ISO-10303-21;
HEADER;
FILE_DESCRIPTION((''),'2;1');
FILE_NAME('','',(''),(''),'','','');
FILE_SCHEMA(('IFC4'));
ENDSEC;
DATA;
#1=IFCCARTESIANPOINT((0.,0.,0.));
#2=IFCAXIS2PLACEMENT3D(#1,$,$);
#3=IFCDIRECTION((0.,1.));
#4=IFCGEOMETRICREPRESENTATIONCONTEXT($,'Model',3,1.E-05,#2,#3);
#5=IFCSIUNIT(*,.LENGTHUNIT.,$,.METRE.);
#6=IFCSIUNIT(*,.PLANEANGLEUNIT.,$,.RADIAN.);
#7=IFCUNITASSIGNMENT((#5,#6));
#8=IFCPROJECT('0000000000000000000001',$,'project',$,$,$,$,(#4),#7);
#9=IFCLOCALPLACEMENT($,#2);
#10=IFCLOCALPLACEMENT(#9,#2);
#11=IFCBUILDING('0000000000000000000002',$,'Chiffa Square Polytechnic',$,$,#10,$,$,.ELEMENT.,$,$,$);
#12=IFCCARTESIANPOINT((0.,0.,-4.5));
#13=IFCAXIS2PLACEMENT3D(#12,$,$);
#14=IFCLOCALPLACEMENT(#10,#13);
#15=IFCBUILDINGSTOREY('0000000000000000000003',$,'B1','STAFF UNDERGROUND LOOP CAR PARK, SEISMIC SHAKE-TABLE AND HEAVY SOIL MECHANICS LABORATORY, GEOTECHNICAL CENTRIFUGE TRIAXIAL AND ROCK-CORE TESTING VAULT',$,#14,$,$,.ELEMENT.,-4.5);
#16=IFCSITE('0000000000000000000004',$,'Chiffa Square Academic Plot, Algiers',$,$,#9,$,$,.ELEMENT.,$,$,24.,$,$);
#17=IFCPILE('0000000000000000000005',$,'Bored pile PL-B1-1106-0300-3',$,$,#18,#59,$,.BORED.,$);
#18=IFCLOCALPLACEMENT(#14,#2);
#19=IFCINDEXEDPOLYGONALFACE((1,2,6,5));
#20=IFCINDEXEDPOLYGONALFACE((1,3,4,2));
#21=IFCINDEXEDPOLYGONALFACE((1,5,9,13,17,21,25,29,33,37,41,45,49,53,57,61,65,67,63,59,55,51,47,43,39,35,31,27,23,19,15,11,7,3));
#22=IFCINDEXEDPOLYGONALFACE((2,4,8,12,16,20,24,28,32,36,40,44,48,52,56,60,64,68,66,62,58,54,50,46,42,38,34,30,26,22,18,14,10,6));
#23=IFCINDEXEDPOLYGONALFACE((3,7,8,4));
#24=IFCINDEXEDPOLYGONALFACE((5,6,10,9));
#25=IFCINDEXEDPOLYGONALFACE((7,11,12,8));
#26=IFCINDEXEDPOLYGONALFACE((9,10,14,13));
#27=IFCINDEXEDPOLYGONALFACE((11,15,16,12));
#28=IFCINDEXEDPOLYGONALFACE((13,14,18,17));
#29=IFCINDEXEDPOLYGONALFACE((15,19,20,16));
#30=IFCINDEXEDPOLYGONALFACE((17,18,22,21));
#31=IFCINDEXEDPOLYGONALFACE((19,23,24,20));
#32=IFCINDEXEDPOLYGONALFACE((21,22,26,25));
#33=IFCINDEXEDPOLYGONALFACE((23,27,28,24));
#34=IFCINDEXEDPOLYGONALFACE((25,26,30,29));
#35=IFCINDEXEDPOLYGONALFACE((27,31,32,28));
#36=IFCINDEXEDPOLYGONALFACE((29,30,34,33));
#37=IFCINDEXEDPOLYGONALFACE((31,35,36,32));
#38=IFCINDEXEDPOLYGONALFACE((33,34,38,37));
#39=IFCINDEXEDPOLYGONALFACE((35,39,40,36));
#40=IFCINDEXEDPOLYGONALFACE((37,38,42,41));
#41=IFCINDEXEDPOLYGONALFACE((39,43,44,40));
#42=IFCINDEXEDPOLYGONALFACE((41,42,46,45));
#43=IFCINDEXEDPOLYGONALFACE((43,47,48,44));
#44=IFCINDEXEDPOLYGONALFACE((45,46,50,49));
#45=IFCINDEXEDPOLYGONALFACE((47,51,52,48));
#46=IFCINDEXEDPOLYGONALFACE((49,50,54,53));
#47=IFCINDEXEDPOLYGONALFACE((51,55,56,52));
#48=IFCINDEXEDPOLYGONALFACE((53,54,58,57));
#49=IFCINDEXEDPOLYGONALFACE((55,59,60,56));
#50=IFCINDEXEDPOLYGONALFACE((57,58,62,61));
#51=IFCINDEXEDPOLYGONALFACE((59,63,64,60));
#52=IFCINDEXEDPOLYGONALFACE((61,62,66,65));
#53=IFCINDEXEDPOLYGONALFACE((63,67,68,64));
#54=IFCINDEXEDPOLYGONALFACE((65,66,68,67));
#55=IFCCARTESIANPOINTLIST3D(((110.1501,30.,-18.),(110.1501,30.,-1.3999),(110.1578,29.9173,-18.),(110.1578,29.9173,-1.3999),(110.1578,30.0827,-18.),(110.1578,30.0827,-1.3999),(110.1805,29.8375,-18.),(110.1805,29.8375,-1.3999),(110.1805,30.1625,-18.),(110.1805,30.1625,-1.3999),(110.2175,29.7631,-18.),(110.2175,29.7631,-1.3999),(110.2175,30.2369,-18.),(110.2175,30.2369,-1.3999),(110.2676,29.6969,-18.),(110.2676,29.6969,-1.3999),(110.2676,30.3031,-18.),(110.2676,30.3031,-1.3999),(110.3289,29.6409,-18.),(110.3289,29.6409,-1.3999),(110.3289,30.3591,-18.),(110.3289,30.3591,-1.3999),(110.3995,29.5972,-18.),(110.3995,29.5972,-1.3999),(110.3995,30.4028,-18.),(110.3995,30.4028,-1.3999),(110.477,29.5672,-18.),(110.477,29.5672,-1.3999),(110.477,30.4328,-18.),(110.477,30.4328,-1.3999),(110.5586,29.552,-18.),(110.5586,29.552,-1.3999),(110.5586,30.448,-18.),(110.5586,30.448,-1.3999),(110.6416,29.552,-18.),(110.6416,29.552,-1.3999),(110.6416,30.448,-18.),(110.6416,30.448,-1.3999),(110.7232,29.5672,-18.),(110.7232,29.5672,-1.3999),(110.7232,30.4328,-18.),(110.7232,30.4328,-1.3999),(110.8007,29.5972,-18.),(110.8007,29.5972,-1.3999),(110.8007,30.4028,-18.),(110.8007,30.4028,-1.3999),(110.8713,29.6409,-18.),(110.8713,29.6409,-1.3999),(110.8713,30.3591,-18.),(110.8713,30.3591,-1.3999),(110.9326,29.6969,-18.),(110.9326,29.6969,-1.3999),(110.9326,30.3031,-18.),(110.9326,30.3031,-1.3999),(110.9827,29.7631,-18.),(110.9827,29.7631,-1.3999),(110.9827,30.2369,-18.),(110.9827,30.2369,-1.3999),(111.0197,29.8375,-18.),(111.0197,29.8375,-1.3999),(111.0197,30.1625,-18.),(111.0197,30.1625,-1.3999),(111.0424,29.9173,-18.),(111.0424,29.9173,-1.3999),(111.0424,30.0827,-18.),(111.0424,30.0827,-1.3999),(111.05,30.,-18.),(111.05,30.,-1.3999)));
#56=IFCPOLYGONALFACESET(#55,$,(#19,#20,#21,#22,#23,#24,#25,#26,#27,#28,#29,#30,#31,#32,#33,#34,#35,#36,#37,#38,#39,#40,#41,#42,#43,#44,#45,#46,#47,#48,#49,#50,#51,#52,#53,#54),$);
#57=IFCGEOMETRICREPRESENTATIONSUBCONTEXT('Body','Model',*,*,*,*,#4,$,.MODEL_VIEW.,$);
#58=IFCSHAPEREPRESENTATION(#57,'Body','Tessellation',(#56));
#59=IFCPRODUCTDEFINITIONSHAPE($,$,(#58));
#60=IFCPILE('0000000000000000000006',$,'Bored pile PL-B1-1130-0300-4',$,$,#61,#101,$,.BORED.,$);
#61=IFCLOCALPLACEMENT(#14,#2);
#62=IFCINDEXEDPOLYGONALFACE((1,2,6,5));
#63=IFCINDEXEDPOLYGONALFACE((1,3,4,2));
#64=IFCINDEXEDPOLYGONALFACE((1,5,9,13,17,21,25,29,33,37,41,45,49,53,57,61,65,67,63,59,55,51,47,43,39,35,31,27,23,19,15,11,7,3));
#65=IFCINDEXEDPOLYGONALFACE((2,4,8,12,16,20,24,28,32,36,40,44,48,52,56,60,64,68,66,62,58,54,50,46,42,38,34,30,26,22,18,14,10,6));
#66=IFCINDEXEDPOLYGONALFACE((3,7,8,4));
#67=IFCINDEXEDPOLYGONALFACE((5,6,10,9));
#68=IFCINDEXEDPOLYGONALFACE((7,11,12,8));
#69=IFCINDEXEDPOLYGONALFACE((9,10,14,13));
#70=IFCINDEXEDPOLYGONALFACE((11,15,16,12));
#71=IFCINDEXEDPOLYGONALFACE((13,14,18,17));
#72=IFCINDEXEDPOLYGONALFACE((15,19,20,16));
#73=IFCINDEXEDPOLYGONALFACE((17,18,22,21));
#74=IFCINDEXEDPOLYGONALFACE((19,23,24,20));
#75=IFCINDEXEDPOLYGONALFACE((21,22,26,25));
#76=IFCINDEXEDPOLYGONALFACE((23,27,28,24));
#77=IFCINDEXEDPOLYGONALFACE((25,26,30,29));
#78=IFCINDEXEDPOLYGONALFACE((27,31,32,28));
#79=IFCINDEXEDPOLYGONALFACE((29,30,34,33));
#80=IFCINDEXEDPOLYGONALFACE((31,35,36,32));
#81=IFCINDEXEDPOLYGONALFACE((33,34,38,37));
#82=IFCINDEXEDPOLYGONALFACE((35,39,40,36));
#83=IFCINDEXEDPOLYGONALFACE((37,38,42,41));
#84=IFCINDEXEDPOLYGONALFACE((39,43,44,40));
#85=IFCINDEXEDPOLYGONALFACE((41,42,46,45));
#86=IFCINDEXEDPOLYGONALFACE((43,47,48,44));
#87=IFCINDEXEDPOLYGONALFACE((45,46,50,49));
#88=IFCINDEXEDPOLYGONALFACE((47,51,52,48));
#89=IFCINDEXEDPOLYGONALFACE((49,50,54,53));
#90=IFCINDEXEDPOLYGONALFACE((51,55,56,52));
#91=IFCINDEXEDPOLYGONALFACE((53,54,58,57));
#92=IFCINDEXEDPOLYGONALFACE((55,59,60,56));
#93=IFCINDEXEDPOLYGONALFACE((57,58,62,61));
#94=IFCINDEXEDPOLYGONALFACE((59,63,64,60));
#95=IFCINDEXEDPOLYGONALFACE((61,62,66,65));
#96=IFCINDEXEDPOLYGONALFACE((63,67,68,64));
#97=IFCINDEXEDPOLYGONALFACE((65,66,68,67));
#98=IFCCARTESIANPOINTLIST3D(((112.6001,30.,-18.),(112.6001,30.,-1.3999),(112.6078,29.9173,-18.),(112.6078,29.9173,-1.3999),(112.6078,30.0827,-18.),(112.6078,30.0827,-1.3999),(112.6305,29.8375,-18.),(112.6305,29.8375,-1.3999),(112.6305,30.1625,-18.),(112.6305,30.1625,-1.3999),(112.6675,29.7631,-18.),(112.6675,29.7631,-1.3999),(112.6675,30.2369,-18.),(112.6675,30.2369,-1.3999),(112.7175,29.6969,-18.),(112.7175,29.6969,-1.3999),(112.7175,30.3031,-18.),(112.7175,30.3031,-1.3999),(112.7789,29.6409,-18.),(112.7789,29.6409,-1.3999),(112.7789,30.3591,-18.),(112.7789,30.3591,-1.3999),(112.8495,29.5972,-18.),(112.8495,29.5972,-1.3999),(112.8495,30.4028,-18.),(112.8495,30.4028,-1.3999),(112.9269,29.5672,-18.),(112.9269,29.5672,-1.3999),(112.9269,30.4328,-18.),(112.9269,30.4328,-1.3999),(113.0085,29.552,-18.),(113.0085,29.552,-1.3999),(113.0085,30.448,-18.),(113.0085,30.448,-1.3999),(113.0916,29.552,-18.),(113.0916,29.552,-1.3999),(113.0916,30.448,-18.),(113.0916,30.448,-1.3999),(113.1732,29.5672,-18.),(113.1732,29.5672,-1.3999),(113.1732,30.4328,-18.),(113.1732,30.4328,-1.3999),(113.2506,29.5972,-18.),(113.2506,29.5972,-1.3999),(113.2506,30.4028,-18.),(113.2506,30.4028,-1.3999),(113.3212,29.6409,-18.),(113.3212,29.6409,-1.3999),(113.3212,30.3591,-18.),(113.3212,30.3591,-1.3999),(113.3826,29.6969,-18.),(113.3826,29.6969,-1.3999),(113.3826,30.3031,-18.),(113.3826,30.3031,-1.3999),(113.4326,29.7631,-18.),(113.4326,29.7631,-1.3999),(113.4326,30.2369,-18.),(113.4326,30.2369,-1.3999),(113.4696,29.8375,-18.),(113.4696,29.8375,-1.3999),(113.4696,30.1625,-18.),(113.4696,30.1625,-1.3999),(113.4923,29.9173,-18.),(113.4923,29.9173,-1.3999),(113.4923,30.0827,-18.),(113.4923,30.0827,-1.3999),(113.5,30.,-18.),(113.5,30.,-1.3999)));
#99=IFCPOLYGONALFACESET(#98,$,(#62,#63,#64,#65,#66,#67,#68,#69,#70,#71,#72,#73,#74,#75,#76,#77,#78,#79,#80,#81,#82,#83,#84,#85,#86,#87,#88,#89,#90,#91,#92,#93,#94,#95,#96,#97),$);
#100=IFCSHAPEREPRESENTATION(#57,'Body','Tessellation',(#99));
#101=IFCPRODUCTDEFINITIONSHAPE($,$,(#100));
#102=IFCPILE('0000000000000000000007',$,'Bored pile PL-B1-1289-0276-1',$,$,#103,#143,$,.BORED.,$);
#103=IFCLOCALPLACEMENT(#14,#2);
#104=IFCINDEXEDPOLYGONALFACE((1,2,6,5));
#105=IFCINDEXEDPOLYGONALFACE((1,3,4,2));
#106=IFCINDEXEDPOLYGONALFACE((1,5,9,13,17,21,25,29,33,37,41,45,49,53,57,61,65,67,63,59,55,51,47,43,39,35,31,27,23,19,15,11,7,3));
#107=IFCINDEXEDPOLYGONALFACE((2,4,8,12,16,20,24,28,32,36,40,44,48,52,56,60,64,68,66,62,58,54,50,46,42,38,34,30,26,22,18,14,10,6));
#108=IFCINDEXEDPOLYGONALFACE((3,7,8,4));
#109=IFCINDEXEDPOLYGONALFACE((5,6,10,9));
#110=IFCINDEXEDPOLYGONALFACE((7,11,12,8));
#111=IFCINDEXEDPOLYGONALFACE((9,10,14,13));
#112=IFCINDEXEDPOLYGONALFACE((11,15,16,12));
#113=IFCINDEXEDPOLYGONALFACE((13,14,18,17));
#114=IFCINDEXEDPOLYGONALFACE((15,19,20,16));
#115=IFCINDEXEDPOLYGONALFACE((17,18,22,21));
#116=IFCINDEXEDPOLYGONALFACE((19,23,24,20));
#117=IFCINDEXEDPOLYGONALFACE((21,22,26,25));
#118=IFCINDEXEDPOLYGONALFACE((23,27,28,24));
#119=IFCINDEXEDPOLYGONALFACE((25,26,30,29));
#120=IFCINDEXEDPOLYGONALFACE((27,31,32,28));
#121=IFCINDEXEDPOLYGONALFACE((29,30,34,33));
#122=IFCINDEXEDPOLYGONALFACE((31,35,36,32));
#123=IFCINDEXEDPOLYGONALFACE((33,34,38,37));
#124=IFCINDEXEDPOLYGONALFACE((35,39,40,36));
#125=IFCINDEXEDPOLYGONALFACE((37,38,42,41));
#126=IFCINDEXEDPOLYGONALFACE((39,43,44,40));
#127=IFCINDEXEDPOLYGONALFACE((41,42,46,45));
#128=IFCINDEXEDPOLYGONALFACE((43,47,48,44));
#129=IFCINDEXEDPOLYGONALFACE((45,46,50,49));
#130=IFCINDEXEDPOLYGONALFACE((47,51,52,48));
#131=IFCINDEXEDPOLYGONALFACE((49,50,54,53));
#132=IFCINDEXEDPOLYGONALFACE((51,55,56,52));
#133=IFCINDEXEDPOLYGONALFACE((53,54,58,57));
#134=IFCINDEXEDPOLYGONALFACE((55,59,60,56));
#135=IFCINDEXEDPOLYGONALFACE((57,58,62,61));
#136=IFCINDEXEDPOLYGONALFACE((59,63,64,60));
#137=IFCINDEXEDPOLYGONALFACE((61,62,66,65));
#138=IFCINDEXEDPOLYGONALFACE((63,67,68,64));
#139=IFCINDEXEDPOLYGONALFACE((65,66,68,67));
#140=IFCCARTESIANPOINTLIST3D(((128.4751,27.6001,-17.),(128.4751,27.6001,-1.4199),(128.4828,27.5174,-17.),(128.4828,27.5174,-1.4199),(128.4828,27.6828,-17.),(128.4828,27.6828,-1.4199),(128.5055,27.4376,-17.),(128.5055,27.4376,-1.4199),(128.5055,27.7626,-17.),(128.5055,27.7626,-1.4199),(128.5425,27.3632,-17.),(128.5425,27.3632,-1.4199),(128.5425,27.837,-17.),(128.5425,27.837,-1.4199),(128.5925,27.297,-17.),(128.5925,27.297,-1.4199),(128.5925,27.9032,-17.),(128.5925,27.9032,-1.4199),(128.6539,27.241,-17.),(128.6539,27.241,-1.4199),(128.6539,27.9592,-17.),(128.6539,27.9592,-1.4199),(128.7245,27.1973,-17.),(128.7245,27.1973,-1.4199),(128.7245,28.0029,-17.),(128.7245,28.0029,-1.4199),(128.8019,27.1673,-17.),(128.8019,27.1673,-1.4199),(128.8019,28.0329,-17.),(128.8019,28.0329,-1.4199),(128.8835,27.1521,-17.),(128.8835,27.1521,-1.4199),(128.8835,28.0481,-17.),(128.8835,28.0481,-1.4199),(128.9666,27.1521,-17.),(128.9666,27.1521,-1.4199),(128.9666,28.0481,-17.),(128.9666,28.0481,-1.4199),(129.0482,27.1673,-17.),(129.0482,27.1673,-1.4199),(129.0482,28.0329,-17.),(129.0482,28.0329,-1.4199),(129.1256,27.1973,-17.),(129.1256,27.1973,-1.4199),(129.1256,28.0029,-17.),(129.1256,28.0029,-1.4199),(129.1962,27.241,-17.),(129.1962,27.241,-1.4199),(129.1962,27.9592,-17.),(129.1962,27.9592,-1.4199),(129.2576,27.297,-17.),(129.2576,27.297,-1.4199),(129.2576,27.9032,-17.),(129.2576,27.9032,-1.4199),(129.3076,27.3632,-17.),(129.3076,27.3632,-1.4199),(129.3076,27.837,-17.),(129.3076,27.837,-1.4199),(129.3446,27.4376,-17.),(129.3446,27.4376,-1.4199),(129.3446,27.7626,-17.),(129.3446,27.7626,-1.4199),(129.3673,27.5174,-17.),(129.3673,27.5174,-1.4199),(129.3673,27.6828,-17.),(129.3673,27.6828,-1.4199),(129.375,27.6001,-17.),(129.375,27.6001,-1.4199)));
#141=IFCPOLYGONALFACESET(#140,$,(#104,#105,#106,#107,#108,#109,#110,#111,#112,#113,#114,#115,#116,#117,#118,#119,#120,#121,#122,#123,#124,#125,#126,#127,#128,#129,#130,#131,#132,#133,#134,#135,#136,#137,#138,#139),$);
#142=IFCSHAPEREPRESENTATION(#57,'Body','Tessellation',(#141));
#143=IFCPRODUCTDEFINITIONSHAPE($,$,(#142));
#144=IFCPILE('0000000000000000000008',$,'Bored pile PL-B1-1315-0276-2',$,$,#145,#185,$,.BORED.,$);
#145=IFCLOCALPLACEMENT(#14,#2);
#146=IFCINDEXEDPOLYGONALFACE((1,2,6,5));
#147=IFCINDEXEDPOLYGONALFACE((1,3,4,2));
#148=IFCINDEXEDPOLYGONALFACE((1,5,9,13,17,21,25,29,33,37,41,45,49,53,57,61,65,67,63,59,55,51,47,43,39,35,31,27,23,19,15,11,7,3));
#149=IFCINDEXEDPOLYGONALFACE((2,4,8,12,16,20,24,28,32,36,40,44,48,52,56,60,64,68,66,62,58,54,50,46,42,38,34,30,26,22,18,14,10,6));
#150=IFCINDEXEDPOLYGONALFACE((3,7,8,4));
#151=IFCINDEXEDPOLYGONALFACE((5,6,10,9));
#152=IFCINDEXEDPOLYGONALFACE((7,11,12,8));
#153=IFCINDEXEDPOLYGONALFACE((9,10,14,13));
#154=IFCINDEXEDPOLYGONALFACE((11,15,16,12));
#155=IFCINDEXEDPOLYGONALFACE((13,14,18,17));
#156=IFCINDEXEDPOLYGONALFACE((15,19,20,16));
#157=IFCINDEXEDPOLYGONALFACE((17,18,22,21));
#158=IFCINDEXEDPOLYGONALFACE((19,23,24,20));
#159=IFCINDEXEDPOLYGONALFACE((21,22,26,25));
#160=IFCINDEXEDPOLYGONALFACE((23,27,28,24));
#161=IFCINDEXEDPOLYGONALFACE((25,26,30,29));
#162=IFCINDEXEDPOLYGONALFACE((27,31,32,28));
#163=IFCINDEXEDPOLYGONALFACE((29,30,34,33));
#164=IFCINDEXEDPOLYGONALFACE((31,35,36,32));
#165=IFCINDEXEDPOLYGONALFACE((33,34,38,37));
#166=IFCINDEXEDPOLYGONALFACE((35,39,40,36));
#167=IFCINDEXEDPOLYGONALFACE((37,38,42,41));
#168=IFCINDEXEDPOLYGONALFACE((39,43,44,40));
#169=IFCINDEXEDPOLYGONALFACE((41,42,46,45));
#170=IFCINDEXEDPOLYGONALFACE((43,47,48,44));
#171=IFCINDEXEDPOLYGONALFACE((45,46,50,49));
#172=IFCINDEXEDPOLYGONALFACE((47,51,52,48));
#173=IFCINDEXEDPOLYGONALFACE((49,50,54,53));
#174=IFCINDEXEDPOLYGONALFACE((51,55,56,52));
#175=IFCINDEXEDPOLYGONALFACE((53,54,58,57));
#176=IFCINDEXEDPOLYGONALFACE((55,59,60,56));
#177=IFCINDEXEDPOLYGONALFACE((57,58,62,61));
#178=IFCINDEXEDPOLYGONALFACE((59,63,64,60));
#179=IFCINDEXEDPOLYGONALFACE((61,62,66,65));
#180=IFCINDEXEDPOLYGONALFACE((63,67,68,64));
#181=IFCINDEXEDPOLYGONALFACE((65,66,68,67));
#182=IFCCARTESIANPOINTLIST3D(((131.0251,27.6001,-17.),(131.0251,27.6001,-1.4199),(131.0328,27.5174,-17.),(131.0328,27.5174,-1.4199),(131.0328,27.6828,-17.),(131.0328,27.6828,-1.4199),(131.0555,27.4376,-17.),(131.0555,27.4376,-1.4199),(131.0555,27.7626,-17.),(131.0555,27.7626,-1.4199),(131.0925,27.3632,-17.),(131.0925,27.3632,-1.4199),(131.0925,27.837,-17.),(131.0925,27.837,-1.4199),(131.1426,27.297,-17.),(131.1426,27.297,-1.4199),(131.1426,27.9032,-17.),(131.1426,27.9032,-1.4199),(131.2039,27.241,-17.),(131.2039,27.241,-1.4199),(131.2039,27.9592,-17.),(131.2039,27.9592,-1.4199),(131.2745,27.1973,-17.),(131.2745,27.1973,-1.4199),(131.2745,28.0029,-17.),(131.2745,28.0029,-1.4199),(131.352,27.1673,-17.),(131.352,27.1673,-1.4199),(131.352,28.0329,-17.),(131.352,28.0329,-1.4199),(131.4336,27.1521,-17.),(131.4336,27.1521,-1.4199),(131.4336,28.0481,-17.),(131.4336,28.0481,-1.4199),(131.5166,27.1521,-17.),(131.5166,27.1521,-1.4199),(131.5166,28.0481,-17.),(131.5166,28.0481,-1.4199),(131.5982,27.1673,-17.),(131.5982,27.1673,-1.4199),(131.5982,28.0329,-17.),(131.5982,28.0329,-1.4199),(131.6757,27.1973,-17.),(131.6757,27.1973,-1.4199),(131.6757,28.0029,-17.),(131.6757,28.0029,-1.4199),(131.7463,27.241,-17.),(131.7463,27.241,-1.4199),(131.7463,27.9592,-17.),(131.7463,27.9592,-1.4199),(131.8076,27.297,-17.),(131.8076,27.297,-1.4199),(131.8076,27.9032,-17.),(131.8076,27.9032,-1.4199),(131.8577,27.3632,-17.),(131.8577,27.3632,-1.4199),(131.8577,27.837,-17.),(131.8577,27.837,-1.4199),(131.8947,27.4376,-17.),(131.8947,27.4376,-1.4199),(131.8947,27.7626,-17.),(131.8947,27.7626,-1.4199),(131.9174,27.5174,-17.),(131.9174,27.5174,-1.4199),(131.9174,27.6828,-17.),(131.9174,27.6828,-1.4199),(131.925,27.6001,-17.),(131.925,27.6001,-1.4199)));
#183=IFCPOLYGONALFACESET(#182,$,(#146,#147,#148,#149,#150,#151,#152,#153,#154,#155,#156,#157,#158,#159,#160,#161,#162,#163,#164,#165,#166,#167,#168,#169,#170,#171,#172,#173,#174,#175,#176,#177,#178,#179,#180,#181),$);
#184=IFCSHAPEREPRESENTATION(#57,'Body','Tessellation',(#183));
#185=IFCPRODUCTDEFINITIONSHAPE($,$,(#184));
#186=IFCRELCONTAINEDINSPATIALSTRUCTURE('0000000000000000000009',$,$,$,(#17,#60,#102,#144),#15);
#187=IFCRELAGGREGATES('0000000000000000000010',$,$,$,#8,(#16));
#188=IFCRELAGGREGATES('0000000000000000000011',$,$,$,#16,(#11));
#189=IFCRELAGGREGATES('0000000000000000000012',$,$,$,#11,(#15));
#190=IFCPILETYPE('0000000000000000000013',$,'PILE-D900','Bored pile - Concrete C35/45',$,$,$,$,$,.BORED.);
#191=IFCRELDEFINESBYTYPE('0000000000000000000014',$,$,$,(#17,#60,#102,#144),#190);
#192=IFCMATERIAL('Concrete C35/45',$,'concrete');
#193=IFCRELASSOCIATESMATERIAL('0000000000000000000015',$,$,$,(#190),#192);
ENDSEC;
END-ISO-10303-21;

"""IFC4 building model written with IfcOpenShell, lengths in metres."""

from ifc_helpers import new_model, si_unit, direction, frame, origin, origin_2d, place, context, subcontext, project, spatial, circle, extrude, material, material_profile, profile_set, type_object, element, save


model = new_model("IFC4")

# Units and contexts
model_context = context("Model", 3, precision=1e-05, world=origin(), true_north=direction((0.0, 1.0)))
body_context = subcontext(model_context, "Body", "Model", "MODEL_VIEW")
ifc_project = project(units=[si_unit("LENGTHUNIT", "METRE"), si_unit("PLANEANGLEUNIT", "RADIAN")], contexts=[model_context])

# Site, building, storey
site_placement = place(None, origin())
site = spatial("IfcSite", under=ifc_project, at=site_placement, Name="Chiffa Square Academic Plot, Algiers", CompositionType="ELEMENT", RefElevation=24.0)
building_placement = place(site_placement, origin())
building = spatial("IfcBuilding", under=site, at=building_placement, Name="Chiffa Square Polytechnic", CompositionType="ELEMENT")
storey_placement = place(building_placement, frame((0.0, 0.0, -4.5)))
storey = spatial("IfcBuildingStorey", under=building, at=storey_placement, Name="B1", Description="STAFF UNDERGROUND LOOP CAR PARK, SEISMIC SHAKE-TABLE AND HEAVY SOIL MECHANICS LABORATORY, GEOTECHNICAL CENTRIFUGE TRIAXIAL AND ROCK-CORE TESTING VAULT", CompositionType="ELEMENT", Elevation=-4.5)

# Shared definitions
ifc_material_1 = material(Name="Concrete C35/45", Category="concrete")

# Piles
ifc_material_profile_1 = material_profile(ifc_material_1, circle(Radius=0.45, at=origin_2d()), Name="PILE D900")
ifc_profile_set_1 = profile_set([ifc_material_profile_1], Name="Concrete C35/45")
pile_type_1 = type_object("IfcPileType", Name="PILE-D900", Description="Bored pile - Concrete C35/45", PredefinedType="BORED", material=ifc_profile_set_1)
for number, where, z_axis, x_axis, name in (
    (1, (110.6001, 30.0, -1.3999), (0.0, 0.0, -1.0), (1.0, 0.0, 0.0), "Bored pile PL-B1-1106-0300-3"),
    (2, (113.05, 30.0, -1.3999), (0.0, 0.0, -1.0), (1.0, 0.0, 0.0), "Bored pile PL-B1-1130-0300-4"),
):
    element("IfcPile", number, at=place(storey_placement, frame(where, z_axis=z_axis, x_axis=x_axis)), inside=storey, type_object=pile_type_1, Name=name, PredefinedType="BORED", context=body_context, shape_type="SweptSolid", body=[
        extrude(circle(Radius=0.45, at=origin_2d()), origin(), (0.0, 0.0, 1.0), 16.6001),
    ])
for number, where, z_axis, x_axis, name in (
    (3, (128.925, 27.6001, -1.4199), (0.0, 0.0, -1.0), (1.0, 0.0, 0.0), "Bored pile PL-B1-1289-0276-1"),
    (4, (131.4751, 27.6001, -1.4199), (0.0, 0.0, -1.0), (1.0, 0.0, 0.0), "Bored pile PL-B1-1315-0276-2"),
):
    element("IfcPile", number, at=place(storey_placement, frame(where, z_axis=z_axis, x_axis=x_axis)), inside=storey, type_object=pile_type_1, Name=name, PredefinedType="BORED", context=body_context, shape_type="SweptSolid", body=[
        extrude(circle(Radius=0.45, at=origin_2d()), origin(), (0.0, 0.0, 1.0), 15.5801),
    ])

save(model, "model.ifc")
